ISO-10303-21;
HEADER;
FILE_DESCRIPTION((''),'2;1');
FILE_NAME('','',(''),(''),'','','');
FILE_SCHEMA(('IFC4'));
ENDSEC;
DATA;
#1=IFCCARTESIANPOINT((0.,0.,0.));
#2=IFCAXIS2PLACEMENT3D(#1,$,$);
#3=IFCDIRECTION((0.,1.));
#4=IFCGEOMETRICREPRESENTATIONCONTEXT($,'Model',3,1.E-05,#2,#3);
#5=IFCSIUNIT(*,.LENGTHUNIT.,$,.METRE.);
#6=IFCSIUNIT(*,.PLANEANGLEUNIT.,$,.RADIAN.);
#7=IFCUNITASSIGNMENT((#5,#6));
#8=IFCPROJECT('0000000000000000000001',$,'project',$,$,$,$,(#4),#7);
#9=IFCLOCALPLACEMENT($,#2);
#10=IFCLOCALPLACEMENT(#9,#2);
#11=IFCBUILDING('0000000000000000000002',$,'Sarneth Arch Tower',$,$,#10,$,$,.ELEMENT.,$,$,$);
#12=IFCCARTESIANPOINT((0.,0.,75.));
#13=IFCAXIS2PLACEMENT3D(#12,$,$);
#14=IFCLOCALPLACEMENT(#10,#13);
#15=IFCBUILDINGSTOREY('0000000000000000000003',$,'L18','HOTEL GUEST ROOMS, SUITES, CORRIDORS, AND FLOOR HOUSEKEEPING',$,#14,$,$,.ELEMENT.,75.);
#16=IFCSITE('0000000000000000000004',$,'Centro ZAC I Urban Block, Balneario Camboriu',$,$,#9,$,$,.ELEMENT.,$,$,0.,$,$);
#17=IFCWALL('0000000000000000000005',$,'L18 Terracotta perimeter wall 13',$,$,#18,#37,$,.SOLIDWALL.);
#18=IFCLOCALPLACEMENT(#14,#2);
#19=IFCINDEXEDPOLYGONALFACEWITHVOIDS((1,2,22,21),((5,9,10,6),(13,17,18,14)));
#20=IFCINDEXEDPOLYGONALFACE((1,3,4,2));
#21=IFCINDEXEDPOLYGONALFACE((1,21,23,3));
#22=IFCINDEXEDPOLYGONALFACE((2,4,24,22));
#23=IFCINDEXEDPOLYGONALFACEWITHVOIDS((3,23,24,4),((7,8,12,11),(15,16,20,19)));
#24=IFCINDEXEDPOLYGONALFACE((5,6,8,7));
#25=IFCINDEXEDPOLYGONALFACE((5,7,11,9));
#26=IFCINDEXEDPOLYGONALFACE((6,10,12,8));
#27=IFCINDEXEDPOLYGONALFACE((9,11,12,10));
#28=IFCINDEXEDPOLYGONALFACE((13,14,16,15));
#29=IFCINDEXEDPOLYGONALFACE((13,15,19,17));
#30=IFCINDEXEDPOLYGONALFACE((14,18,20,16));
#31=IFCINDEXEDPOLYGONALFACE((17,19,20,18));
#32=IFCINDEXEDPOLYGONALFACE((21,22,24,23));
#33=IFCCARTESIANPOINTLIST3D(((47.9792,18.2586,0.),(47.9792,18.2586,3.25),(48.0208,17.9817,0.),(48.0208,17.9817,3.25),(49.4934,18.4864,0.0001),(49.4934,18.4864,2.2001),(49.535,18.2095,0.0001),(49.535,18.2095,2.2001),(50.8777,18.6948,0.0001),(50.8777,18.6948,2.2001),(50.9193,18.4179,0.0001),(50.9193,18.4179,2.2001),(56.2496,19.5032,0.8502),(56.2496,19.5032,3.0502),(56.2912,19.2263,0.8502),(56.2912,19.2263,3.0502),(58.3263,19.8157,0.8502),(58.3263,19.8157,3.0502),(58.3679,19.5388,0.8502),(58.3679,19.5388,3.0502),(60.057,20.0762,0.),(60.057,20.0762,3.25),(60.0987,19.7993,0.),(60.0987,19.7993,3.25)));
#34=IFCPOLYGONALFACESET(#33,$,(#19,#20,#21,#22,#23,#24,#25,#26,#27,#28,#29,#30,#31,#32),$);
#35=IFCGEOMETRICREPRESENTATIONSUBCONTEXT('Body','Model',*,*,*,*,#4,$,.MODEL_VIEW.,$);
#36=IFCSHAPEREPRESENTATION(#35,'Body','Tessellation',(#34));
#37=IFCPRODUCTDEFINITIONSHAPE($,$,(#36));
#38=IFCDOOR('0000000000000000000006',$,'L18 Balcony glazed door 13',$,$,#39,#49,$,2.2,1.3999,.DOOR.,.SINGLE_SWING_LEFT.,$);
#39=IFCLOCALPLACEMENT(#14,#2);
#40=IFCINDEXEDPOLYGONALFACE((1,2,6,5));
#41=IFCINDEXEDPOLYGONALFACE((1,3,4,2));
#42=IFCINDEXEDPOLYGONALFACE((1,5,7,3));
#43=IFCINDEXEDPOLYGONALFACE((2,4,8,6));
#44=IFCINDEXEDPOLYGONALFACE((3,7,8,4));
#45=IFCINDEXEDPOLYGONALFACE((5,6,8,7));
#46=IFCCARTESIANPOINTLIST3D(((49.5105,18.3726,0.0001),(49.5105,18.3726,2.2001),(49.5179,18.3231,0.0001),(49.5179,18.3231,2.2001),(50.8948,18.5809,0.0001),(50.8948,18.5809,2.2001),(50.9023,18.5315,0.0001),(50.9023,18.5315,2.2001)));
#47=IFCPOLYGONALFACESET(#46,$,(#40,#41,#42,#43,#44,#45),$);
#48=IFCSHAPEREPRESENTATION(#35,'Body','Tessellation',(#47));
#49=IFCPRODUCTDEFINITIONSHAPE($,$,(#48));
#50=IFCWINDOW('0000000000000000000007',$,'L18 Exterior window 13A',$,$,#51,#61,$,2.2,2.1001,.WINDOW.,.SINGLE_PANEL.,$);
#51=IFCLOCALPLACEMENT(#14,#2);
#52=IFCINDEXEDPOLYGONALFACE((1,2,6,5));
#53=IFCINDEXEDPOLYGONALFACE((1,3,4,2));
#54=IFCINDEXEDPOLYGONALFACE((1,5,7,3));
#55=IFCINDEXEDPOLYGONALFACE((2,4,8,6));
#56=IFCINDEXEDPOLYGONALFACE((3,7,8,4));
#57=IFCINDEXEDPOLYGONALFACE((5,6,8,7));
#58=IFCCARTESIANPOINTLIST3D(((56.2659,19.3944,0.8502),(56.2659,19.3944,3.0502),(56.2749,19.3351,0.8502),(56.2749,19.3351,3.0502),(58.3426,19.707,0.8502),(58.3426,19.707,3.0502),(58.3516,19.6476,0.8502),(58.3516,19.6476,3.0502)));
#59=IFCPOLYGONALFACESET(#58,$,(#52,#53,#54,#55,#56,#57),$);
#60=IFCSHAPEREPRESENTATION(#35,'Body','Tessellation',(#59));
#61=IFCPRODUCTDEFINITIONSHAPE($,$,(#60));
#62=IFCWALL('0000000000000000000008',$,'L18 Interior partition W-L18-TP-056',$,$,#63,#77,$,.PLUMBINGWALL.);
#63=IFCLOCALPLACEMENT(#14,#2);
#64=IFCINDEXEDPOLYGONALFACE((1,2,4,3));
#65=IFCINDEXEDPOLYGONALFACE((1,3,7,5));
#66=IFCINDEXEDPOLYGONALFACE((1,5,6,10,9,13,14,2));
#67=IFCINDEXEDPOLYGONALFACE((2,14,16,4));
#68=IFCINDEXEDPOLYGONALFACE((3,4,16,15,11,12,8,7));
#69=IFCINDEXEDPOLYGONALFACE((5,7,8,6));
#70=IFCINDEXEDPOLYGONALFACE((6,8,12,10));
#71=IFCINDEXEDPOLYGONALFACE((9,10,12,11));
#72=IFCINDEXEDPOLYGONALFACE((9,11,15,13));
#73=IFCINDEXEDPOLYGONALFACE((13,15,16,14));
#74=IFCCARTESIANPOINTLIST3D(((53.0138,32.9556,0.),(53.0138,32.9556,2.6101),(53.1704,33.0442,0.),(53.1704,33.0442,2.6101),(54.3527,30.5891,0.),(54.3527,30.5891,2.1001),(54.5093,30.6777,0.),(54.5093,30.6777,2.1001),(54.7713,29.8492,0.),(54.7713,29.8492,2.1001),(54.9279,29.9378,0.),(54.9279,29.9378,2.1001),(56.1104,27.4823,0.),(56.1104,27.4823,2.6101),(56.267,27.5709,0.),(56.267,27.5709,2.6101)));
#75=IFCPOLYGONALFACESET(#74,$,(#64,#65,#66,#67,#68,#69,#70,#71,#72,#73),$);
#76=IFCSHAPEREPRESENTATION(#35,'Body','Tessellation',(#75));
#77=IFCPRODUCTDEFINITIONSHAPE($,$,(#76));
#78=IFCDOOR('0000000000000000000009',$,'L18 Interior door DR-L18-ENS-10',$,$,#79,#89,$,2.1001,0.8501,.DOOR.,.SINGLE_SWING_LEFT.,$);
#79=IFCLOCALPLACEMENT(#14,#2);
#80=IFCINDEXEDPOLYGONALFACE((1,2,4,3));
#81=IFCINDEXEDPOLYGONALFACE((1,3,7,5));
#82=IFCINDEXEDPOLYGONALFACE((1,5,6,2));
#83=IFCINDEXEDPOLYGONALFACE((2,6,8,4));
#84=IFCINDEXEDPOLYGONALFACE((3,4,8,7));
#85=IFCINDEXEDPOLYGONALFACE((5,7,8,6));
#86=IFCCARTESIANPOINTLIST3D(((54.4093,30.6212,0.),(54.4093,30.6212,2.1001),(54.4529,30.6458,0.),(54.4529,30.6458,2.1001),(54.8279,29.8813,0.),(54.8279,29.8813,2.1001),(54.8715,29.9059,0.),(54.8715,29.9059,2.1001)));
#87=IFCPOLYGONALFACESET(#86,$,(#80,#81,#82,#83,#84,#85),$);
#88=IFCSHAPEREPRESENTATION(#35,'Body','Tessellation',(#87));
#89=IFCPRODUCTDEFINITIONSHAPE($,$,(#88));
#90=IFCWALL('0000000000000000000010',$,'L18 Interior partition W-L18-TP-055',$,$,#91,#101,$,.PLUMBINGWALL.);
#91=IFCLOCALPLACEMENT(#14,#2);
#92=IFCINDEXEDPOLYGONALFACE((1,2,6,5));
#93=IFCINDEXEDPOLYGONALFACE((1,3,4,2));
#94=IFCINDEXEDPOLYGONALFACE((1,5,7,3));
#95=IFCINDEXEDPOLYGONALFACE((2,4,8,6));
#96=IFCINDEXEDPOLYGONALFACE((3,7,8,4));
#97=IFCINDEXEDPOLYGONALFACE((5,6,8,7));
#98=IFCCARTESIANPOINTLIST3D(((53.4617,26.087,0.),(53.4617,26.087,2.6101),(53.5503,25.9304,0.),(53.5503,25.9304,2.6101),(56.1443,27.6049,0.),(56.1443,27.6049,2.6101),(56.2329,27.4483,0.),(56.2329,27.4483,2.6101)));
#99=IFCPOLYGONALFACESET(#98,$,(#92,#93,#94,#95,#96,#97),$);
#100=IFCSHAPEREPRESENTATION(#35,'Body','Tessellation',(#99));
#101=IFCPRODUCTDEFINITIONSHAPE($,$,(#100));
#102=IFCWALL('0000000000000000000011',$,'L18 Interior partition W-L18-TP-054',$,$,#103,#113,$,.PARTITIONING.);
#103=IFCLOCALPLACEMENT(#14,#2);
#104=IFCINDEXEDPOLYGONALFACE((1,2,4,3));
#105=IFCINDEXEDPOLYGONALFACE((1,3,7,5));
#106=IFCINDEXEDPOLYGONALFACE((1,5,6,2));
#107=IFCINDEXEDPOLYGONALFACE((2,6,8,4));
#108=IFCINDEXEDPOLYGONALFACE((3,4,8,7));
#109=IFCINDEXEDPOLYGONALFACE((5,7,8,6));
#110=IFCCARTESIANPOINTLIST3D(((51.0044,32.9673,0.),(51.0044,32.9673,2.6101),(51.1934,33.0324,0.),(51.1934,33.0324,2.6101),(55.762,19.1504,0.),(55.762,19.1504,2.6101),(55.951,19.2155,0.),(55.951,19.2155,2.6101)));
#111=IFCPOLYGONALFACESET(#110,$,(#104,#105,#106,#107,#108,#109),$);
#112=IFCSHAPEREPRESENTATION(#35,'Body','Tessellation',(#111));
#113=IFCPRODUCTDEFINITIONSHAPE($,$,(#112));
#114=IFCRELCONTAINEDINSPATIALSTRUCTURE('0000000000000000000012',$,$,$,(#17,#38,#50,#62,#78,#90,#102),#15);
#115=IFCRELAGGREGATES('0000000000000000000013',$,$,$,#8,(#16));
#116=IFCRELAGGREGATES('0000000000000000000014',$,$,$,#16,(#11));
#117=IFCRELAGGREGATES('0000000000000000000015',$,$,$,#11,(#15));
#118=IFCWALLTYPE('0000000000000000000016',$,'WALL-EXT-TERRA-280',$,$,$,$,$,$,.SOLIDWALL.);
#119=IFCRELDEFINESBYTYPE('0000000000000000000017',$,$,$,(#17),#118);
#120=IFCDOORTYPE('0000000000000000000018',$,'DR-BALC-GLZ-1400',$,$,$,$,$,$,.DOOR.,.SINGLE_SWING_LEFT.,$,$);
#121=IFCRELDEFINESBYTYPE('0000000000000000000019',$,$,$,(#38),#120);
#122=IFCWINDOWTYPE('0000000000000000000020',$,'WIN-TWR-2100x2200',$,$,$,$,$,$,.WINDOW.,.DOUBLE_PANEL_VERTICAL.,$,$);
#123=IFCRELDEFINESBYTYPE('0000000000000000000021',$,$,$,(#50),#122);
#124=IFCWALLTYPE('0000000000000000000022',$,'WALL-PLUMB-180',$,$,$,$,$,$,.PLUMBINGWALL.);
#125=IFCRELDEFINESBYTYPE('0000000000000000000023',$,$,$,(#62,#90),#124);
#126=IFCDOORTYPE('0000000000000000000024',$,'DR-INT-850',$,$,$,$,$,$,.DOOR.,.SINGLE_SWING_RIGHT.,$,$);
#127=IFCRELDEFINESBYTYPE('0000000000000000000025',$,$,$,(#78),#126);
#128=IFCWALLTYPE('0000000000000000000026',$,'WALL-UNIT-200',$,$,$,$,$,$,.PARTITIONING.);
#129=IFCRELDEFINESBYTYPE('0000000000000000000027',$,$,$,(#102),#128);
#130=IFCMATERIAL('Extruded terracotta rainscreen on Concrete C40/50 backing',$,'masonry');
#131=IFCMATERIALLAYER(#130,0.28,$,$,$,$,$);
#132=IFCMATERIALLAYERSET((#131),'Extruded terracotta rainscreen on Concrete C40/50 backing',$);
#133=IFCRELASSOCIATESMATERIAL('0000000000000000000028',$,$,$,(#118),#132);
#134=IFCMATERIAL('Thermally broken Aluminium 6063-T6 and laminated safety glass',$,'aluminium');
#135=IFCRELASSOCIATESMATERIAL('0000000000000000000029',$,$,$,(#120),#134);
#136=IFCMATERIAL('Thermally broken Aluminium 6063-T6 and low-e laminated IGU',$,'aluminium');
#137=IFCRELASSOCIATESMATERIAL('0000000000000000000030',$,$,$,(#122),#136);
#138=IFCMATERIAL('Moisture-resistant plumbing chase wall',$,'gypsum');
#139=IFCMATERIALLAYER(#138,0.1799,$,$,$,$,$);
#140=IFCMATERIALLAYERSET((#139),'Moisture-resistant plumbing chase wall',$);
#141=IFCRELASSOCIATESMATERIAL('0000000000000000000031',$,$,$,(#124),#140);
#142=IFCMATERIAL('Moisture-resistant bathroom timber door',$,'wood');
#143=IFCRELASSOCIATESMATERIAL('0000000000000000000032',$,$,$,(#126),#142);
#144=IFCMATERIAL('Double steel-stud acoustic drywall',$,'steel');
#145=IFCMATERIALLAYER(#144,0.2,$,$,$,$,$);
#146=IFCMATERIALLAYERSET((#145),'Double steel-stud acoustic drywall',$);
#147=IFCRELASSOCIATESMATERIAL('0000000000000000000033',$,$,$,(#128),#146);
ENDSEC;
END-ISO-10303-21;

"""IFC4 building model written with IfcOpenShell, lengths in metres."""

from ifc_helpers import new_model, si_unit, direction, frame, frame_2d, origin, place, context, subcontext, project, spatial, rectangle, extrude, material, layer, layer_set, type_object, element, fill, save


model = new_model("IFC4")

# Units and contexts
model_context = context("Model", 3, precision=1e-05, world=origin(), true_north=direction((0.0, 1.0)))
body_context = subcontext(model_context, "Body", "Model", "MODEL_VIEW")
ifc_project = project(units=[si_unit("LENGTHUNIT", "METRE"), si_unit("PLANEANGLEUNIT", "RADIAN")], contexts=[model_context])

# Site, building, storey
site_placement = place(None, origin())
site = spatial("IfcSite", under=ifc_project, at=site_placement, Name="Centro ZAC I Urban Block, Balneario Camboriu", CompositionType="ELEMENT", RefElevation=0.0)
building_placement = place(site_placement, origin())
building = spatial("IfcBuilding", under=site, at=building_placement, Name="Sarneth Arch Tower", CompositionType="ELEMENT")
storey_placement = place(building_placement, frame((0.0, 0.0, 75.0)))
storey = spatial("IfcBuildingStorey", under=building, at=storey_placement, Name="L18", Description="HOTEL GUEST ROOMS, SUITES, CORRIDORS, AND FLOOR HOUSEKEEPING", CompositionType="ELEMENT", Elevation=75.0)

# Wall, openings, door, window
ifc_material_1 = material(Name="Extruded terracotta rainscreen on Concrete C40/50 backing", Category="masonry")
ifc_layer_1 = layer(ifc_material_1, 0.28)
ifc_layer_set_1 = layer_set([ifc_layer_1], Name="Extruded terracotta rainscreen on Concrete C40/50 backing")
wall_type_1 = type_object("IfcWallType", Name="WALL-EXT-TERRA-280", PredefinedType="SOLIDWALL", material=ifc_layer_set_1)
wall_1_placement = place(storey_placement, frame((48.0, 18.1201, 0.0), z_axis=(0.0, 0.0, 1.0), x_axis=(0.988865, 0.148816, 0.0)))
wall_1 = element("IfcWall", 1, at=wall_1_placement, inside=storey, type_object=wall_type_1, Name="L18 Terracotta perimeter wall 13", PredefinedType="SOLIDWALL", context=body_context, shape_type="SweptSolid", body=[
    extrude(rectangle(XDim=12.2139, YDim=0.28, at=frame_2d((6.1069, 0.0))), origin(), (0.0, 0.0, 1.0), 3.25),
])
opening_1_placement = place(wall_1_placement, frame((1.5312, 0.0, 0.0)))
opening_1 = element("IfcOpeningElement", 2, at=opening_1_placement, cuts=wall_1, PredefinedType="OPENING", context=body_context, shape_type="SweptSolid", body=[
    extrude(rectangle(XDim=1.3999, YDim=2.2, at=frame_2d((0.7, 1.1001))), frame((0.0, 0.1499, 0.0), z_axis=(0.0, -1.0, 0.0), x_axis=(1.0, 0.0, 0.0)), (0.0, 0.0, 1.0), 0.3),
])
opening_2_placement = place(wall_1_placement, frame((8.3635, 0.0, 0.8501)))
opening_2 = element("IfcOpeningElement", 3, at=opening_2_placement, cuts=wall_1, PredefinedType="OPENING", context=body_context, shape_type="SweptSolid", body=[
    extrude(rectangle(XDim=2.1001, YDim=2.2, at=frame_2d((1.05, 1.1001))), frame((0.0, 0.1499, 0.0), z_axis=(0.0, -1.0, 0.0), x_axis=(1.0, 0.0, 0.0)), (0.0, 0.0, 1.0), 0.3),
])
ifc_material_2 = material(Name="Thermally broken Aluminium 6063-T6 and laminated safety glass", Category="aluminium")
door_type_1 = type_object("IfcDoorType", Name="DR-BALC-GLZ-1400", OperationType="SINGLE_SWING_LEFT", PredefinedType="DOOR", material=ifc_material_2)
door_1_placement = place(opening_1_placement, origin())
door_1 = element("IfcDoor", 4, at=door_1_placement, inside=storey, type_object=door_type_1, Name="L18 Balcony glazed door 13", OperationType="SINGLE_SWING_LEFT", OverallHeight=2.2, OverallWidth=1.3999, PredefinedType="DOOR", context=body_context, shape_type="SweptSolid", body=[
    extrude(rectangle(XDim=1.3999, YDim=2.2, at=frame_2d((0.7, 1.1001))), frame((0.0, 0.0249, 0.0), z_axis=(0.0, -1.0, 0.0), x_axis=(1.0, 0.0, 0.0)), (0.0, 0.0, 1.0), 0.05),
])
fill(opening_1, door_1)
ifc_material_3 = material(Name="Thermally broken Aluminium 6063-T6 and low-e laminated IGU", Category="aluminium")
window_type = type_object("IfcWindowType", Name="WIN-TWR-2100x2200", PartitioningType="DOUBLE_PANEL_VERTICAL", PredefinedType="WINDOW", material=ifc_material_3)
window_placement = place(opening_2_placement, origin())
window = element("IfcWindow", 5, at=window_placement, inside=storey, type_object=window_type, Name="L18 Exterior window 13A", OverallHeight=2.2, OverallWidth=2.1001, PartitioningType="SINGLE_PANEL", PredefinedType="WINDOW", context=body_context, shape_type="SweptSolid", body=[
    extrude(rectangle(XDim=2.1001, YDim=2.2, at=frame_2d((1.05, 1.1001))), frame((0.0, 0.03, 0.0), z_axis=(0.0, -1.0, 0.0), x_axis=(1.0, 0.0, 0.0)), (0.0, 0.0, 1.0), 0.0601),
])
fill(opening_2, window)

# Wall, opening, door
ifc_material_4 = material(Name="Moisture-resistant plumbing chase wall", Category="gypsum")
ifc_layer_2 = layer(ifc_material_4, 0.1799)
ifc_layer_set_2 = layer_set([ifc_layer_2], Name="Moisture-resistant plumbing chase wall")
wall_type_2 = type_object("IfcWallType", Name="WALL-PLUMB-180", PredefinedType="PLUMBINGWALL", material=ifc_layer_set_2)
wall_2_placement = place(storey_placement, frame((56.1887, 27.5266, 0.0), z_axis=(0.0, 0.0, 1.0), x_axis=(-0.492422, 0.870357, 0.0)))
wall_2 = element("IfcWall", 6, at=wall_2_placement, inside=storey, type_object=wall_type_2, Name="L18 Interior partition W-L18-TP-056", PredefinedType="PLUMBINGWALL", context=body_context, shape_type="SweptSolid", body=[
    extrude(rectangle(XDim=6.2886, YDim=0.1799, at=frame_2d((3.1443, 0.0))), origin(), (0.0, 0.0, 1.0), 2.6101),
])
opening_3_placement = place(wall_2_placement, frame((2.7195, 0.0, 0.0)))
opening_3 = element("IfcOpeningElement", 7, at=opening_3_placement, cuts=wall_2, PredefinedType="OPENING", context=body_context, shape_type="SweptSolid", body=[
    extrude(rectangle(XDim=0.8501, YDim=2.1001, at=frame_2d((0.425, 1.05))), frame((0.0, 0.0999, 0.0), z_axis=(0.0, -1.0, 0.0), x_axis=(1.0, 0.0, 0.0)), (0.0, 0.0, 1.0), 0.2),
])
ifc_material_5 = material(Name="Moisture-resistant bathroom timber door", Category="wood")
door_type_2 = type_object("IfcDoorType", Name="DR-INT-850", OperationType="SINGLE_SWING_RIGHT", PredefinedType="DOOR", material=ifc_material_5)
door_2_placement = place(opening_3_placement, origin())
door_2 = element("IfcDoor", 8, at=door_2_placement, inside=storey, type_object=door_type_2, Name="L18 Interior door DR-L18-ENS-10", OperationType="SINGLE_SWING_LEFT", OverallHeight=2.1001, OverallWidth=0.8501, PredefinedType="DOOR", context=body_context, shape_type="SweptSolid", body=[
    extrude(rectangle(XDim=0.8501, YDim=2.1001, at=frame_2d((0.425, 1.05))), frame((0.0, 0.0249, 0.0), z_axis=(0.0, -1.0, 0.0), x_axis=(1.0, 0.0, 0.0)), (0.0, 0.0, 1.0), 0.05),
])
fill(opening_3, door_2)

# Walls
wall_3_placement = place(storey_placement, frame((53.5061, 26.0088, 0.0), z_axis=(0.0, 0.0, 1.0), x_axis=(0.870346, 0.492441, 0.0)))
element("IfcWall", 9, at=wall_3_placement, inside=storey, type_object=wall_type_2, Name="L18 Interior partition W-L18-TP-055", PredefinedType="PLUMBINGWALL", context=body_context, shape_type="SweptSolid", body=[
    extrude(rectangle(XDim=3.0823, YDim=0.1799, at=frame_2d((1.541, 0.0))), origin(), (0.0, 0.0, 1.0), 2.6101),
])
ifc_material_6 = material(Name="Double steel-stud acoustic drywall", Category="steel")
ifc_layer_3 = layer(ifc_material_6, 0.2)
ifc_layer_set_3 = layer_set([ifc_layer_3], Name="Double steel-stud acoustic drywall")
wall_type_3 = type_object("IfcWallType", Name="WALL-UNIT-200", PredefinedType="PARTITIONING", material=ifc_layer_set_3)
wall_4_placement = place(storey_placement, frame((51.0989, 33.0, 0.0), z_axis=(0.0, 0.0, 1.0), x_axis=(0.32557, -0.945518, 0.0)))
element("IfcWall", 10, at=wall_4_placement, inside=storey, type_object=wall_type_3, Name="L18 Interior partition W-L18-TP-054", PredefinedType="PARTITIONING", context=body_context, shape_type="SweptSolid", body=[
    extrude(rectangle(XDim=14.613, YDim=0.2, at=frame_2d((7.3066, 0.0))), origin(), (0.0, 0.0, 1.0), 2.6101),
])

save(model, "model.ifc")
